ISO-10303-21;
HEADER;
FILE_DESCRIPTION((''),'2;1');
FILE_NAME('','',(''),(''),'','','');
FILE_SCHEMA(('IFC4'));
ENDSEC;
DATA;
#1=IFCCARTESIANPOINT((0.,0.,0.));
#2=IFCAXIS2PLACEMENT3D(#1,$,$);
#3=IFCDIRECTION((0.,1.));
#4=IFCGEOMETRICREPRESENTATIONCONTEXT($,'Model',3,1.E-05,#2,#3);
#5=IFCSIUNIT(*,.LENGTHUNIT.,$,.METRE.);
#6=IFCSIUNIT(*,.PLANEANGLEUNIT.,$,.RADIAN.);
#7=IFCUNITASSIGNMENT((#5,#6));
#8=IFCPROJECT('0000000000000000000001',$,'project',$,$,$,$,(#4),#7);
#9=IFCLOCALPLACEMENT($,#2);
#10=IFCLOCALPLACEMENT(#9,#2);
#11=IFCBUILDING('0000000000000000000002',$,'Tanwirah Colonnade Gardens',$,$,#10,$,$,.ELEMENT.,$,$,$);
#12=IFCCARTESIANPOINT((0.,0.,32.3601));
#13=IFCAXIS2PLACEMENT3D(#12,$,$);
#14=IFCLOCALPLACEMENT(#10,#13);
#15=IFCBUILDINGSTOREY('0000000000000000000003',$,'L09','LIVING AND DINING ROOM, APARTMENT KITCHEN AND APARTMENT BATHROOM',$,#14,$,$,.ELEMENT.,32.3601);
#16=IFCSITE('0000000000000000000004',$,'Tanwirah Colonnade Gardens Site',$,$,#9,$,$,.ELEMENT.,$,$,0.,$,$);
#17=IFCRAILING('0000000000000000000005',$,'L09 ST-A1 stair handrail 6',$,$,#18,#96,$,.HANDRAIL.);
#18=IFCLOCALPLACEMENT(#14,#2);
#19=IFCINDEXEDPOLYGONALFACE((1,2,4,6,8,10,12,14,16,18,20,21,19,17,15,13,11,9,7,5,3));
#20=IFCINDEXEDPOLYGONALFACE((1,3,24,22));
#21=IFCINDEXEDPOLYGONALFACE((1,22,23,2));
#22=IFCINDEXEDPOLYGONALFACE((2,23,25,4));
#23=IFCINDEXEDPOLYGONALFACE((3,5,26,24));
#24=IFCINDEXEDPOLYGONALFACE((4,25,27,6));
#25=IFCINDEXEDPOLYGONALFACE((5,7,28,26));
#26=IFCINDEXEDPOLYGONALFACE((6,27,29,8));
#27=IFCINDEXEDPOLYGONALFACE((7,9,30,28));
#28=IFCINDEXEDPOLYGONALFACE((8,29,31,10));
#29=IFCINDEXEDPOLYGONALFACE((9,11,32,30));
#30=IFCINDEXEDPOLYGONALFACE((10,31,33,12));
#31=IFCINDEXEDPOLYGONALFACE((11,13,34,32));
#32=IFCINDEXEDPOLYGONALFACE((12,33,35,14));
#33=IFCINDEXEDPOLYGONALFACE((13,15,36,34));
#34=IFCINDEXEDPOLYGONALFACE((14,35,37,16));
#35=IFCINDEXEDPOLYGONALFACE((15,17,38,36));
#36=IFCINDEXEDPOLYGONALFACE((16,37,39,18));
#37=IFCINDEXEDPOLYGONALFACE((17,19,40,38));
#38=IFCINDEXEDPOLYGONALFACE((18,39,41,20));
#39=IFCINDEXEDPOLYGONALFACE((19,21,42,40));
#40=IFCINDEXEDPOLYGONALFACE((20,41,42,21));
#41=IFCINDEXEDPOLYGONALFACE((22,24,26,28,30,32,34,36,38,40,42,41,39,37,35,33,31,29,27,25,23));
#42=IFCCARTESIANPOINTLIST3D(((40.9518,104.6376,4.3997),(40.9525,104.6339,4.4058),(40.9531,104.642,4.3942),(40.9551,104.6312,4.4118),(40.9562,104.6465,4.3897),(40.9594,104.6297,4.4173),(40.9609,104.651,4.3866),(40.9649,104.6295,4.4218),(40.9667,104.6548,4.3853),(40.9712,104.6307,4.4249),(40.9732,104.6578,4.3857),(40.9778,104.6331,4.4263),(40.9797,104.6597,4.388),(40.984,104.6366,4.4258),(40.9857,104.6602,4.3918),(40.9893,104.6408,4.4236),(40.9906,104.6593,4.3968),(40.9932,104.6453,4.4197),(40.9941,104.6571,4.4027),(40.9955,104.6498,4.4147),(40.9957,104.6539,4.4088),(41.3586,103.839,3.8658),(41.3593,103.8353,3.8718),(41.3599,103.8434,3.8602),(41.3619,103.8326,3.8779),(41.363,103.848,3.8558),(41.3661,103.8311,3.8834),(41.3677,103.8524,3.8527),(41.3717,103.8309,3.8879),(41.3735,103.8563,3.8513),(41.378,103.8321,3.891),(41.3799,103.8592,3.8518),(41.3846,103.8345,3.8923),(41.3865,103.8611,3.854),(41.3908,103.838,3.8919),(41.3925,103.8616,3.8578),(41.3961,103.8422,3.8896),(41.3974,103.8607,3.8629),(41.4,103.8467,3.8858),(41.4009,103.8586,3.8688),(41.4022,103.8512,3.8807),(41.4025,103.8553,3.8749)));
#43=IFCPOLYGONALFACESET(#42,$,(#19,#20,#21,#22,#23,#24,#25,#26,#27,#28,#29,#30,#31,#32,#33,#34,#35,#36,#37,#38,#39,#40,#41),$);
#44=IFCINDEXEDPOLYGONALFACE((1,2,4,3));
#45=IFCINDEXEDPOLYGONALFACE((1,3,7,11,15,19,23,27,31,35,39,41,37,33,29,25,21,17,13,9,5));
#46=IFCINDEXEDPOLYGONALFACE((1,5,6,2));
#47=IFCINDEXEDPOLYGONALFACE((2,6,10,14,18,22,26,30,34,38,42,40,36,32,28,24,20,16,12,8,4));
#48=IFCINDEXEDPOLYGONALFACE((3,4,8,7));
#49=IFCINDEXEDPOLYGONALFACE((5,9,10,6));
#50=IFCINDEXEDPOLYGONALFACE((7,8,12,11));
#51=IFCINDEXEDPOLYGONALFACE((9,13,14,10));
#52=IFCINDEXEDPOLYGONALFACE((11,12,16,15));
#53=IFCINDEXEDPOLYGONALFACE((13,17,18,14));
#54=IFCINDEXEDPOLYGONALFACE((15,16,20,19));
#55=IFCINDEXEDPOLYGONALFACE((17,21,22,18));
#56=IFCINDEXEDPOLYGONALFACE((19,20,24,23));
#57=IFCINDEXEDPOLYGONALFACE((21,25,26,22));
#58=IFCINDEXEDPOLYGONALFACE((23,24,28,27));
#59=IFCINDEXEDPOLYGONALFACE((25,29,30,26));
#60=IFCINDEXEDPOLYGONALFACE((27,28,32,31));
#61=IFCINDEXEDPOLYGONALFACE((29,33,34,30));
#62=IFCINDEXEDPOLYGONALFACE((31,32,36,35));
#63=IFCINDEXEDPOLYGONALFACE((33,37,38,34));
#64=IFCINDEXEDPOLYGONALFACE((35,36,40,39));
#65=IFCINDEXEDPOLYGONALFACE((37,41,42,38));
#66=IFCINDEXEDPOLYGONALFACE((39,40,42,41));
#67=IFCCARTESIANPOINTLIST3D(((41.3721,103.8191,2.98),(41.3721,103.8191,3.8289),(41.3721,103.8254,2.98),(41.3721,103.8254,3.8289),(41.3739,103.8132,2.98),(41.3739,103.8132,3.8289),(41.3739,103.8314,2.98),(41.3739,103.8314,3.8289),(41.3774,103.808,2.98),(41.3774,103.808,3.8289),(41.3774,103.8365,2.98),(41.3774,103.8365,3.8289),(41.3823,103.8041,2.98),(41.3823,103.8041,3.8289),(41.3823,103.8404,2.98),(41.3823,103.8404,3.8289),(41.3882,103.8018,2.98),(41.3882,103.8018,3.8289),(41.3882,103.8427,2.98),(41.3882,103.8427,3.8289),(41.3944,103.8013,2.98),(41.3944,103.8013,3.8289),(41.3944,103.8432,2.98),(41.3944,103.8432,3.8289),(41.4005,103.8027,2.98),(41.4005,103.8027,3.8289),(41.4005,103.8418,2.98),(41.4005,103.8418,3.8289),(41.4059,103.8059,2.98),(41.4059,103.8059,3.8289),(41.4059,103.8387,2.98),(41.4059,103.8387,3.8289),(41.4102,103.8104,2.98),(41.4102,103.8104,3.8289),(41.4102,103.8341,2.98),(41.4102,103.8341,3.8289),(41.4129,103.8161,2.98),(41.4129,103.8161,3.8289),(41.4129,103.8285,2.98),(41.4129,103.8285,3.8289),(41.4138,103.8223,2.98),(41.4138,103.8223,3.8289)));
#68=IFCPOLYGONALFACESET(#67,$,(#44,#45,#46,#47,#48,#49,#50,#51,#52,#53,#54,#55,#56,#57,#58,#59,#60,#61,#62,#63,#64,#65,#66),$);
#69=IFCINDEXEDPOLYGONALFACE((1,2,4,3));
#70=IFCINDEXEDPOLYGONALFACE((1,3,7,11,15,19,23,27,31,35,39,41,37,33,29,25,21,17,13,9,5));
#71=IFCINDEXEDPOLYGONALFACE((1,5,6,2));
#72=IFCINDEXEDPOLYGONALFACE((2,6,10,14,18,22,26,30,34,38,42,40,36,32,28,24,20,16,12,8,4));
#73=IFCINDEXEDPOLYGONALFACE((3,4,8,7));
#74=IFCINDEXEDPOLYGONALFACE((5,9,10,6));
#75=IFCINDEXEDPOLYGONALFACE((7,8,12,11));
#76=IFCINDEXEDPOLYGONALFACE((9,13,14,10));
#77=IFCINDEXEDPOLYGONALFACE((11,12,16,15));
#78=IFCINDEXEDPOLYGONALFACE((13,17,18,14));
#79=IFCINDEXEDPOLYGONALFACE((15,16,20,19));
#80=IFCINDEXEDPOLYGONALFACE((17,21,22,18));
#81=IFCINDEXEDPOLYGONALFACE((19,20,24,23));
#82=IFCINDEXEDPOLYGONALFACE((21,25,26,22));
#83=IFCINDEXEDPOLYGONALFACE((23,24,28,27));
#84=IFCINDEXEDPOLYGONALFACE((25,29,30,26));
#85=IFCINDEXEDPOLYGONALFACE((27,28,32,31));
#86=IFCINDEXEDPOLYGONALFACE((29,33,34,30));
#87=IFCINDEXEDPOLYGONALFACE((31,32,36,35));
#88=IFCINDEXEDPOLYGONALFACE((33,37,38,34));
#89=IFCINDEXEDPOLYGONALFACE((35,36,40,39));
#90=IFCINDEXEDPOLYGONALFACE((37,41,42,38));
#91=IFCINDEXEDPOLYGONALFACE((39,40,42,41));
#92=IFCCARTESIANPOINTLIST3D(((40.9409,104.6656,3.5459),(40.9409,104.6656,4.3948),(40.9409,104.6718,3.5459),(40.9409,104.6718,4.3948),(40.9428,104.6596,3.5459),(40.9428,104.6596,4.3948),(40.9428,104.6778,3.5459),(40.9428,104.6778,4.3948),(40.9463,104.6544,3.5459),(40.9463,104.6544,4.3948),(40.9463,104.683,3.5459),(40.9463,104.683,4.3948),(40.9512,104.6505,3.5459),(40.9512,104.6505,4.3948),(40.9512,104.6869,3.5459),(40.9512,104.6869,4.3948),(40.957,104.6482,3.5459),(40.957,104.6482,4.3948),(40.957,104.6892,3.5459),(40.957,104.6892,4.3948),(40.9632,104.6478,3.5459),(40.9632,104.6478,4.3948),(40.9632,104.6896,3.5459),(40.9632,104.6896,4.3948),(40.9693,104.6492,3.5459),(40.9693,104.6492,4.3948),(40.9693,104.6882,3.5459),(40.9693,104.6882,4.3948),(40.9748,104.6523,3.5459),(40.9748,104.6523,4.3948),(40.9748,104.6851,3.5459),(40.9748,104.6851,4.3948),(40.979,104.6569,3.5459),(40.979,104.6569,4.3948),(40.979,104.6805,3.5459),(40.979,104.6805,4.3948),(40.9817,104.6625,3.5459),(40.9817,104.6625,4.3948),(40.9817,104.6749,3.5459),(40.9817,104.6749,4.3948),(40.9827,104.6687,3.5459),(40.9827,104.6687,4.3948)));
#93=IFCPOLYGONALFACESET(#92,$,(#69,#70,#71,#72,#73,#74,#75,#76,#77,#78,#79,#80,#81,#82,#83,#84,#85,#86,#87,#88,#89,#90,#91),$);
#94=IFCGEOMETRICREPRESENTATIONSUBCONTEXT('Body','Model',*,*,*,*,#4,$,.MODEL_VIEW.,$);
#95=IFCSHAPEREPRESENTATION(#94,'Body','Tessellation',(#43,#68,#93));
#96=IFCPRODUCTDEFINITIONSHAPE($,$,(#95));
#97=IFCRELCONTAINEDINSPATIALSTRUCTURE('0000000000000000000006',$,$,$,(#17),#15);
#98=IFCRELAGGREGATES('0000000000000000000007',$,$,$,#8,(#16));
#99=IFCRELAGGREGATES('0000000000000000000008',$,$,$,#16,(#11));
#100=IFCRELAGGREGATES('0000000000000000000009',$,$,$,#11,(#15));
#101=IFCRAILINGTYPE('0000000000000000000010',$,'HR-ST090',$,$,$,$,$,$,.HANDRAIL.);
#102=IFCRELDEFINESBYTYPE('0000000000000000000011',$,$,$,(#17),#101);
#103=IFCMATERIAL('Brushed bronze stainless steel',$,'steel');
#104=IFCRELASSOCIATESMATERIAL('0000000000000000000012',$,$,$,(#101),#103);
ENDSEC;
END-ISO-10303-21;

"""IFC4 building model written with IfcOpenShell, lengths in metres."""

from ifc_helpers import new_model, si_unit, direction, frame, origin, origin_2d, place, context, subcontext, project, spatial, circle, extrude, material, type_object, element, save


model = new_model("IFC4")

# Units and contexts
model_context = context("Model", 3, precision=1e-05, world=origin(), true_north=direction((0.0, 1.0)))
body_context = subcontext(model_context, "Body", "Model", "MODEL_VIEW")
ifc_project = project(units=[si_unit("LENGTHUNIT", "METRE"), si_unit("PLANEANGLEUNIT", "RADIAN")], contexts=[model_context])

# Site, building, storey
site_placement = place(None, origin())
site = spatial("IfcSite", under=ifc_project, at=site_placement, Name="Tanwirah Colonnade Gardens Site", CompositionType="ELEMENT", RefElevation=0.0)
building_placement = place(site_placement, origin())
building = spatial("IfcBuilding", under=site, at=building_placement, Name="Tanwirah Colonnade Gardens", CompositionType="ELEMENT")
storey_placement = place(building_placement, frame((0.0, 0.0, 32.3601)))
storey = spatial("IfcBuildingStorey", under=building, at=storey_placement, Name="L09", Description="LIVING AND DINING ROOM, APARTMENT KITCHEN AND APARTMENT BATHROOM", CompositionType="ELEMENT", Elevation=32.3601)

# Railing
ifc_material_1 = material(Name="Brushed bronze stainless steel", Category="steel")
railing_type_1 = type_object("IfcRailingType", Name="HR-ST090", PredefinedType="HANDRAIL", material=ifc_material_1)
railing_1_placement = place(storey_placement, frame((41.3928, 103.8223, 2.98)))
element("IfcRailing", 1, at=railing_1_placement, inside=storey, type_object=railing_type_1, Name="L09 ST-A1 stair handrail 6", PredefinedType="HANDRAIL", context=body_context, shape_type="SweptSolid", body=[
    extrude(circle(Radius=0.0239, at=origin_2d()), frame((-0.0122, 0.0239, 0.8918), z_axis=(-0.38993, 0.765509, 0.511811), x_axis=(-0.891061, -0.453883, 0.0)), (0.0, 0.0, 1.0), 1.0432),
    extrude(circle(Radius=0.021, at=origin_2d()), origin(), (0.0, 0.0, 1.0), 0.8489),
    extrude(circle(Radius=0.021, at=origin_2d()), frame((-0.4312, 0.8464, 0.5659)), (0.0, 0.0, 1.0), 0.8489),
])

save(model, "model.ifc")
